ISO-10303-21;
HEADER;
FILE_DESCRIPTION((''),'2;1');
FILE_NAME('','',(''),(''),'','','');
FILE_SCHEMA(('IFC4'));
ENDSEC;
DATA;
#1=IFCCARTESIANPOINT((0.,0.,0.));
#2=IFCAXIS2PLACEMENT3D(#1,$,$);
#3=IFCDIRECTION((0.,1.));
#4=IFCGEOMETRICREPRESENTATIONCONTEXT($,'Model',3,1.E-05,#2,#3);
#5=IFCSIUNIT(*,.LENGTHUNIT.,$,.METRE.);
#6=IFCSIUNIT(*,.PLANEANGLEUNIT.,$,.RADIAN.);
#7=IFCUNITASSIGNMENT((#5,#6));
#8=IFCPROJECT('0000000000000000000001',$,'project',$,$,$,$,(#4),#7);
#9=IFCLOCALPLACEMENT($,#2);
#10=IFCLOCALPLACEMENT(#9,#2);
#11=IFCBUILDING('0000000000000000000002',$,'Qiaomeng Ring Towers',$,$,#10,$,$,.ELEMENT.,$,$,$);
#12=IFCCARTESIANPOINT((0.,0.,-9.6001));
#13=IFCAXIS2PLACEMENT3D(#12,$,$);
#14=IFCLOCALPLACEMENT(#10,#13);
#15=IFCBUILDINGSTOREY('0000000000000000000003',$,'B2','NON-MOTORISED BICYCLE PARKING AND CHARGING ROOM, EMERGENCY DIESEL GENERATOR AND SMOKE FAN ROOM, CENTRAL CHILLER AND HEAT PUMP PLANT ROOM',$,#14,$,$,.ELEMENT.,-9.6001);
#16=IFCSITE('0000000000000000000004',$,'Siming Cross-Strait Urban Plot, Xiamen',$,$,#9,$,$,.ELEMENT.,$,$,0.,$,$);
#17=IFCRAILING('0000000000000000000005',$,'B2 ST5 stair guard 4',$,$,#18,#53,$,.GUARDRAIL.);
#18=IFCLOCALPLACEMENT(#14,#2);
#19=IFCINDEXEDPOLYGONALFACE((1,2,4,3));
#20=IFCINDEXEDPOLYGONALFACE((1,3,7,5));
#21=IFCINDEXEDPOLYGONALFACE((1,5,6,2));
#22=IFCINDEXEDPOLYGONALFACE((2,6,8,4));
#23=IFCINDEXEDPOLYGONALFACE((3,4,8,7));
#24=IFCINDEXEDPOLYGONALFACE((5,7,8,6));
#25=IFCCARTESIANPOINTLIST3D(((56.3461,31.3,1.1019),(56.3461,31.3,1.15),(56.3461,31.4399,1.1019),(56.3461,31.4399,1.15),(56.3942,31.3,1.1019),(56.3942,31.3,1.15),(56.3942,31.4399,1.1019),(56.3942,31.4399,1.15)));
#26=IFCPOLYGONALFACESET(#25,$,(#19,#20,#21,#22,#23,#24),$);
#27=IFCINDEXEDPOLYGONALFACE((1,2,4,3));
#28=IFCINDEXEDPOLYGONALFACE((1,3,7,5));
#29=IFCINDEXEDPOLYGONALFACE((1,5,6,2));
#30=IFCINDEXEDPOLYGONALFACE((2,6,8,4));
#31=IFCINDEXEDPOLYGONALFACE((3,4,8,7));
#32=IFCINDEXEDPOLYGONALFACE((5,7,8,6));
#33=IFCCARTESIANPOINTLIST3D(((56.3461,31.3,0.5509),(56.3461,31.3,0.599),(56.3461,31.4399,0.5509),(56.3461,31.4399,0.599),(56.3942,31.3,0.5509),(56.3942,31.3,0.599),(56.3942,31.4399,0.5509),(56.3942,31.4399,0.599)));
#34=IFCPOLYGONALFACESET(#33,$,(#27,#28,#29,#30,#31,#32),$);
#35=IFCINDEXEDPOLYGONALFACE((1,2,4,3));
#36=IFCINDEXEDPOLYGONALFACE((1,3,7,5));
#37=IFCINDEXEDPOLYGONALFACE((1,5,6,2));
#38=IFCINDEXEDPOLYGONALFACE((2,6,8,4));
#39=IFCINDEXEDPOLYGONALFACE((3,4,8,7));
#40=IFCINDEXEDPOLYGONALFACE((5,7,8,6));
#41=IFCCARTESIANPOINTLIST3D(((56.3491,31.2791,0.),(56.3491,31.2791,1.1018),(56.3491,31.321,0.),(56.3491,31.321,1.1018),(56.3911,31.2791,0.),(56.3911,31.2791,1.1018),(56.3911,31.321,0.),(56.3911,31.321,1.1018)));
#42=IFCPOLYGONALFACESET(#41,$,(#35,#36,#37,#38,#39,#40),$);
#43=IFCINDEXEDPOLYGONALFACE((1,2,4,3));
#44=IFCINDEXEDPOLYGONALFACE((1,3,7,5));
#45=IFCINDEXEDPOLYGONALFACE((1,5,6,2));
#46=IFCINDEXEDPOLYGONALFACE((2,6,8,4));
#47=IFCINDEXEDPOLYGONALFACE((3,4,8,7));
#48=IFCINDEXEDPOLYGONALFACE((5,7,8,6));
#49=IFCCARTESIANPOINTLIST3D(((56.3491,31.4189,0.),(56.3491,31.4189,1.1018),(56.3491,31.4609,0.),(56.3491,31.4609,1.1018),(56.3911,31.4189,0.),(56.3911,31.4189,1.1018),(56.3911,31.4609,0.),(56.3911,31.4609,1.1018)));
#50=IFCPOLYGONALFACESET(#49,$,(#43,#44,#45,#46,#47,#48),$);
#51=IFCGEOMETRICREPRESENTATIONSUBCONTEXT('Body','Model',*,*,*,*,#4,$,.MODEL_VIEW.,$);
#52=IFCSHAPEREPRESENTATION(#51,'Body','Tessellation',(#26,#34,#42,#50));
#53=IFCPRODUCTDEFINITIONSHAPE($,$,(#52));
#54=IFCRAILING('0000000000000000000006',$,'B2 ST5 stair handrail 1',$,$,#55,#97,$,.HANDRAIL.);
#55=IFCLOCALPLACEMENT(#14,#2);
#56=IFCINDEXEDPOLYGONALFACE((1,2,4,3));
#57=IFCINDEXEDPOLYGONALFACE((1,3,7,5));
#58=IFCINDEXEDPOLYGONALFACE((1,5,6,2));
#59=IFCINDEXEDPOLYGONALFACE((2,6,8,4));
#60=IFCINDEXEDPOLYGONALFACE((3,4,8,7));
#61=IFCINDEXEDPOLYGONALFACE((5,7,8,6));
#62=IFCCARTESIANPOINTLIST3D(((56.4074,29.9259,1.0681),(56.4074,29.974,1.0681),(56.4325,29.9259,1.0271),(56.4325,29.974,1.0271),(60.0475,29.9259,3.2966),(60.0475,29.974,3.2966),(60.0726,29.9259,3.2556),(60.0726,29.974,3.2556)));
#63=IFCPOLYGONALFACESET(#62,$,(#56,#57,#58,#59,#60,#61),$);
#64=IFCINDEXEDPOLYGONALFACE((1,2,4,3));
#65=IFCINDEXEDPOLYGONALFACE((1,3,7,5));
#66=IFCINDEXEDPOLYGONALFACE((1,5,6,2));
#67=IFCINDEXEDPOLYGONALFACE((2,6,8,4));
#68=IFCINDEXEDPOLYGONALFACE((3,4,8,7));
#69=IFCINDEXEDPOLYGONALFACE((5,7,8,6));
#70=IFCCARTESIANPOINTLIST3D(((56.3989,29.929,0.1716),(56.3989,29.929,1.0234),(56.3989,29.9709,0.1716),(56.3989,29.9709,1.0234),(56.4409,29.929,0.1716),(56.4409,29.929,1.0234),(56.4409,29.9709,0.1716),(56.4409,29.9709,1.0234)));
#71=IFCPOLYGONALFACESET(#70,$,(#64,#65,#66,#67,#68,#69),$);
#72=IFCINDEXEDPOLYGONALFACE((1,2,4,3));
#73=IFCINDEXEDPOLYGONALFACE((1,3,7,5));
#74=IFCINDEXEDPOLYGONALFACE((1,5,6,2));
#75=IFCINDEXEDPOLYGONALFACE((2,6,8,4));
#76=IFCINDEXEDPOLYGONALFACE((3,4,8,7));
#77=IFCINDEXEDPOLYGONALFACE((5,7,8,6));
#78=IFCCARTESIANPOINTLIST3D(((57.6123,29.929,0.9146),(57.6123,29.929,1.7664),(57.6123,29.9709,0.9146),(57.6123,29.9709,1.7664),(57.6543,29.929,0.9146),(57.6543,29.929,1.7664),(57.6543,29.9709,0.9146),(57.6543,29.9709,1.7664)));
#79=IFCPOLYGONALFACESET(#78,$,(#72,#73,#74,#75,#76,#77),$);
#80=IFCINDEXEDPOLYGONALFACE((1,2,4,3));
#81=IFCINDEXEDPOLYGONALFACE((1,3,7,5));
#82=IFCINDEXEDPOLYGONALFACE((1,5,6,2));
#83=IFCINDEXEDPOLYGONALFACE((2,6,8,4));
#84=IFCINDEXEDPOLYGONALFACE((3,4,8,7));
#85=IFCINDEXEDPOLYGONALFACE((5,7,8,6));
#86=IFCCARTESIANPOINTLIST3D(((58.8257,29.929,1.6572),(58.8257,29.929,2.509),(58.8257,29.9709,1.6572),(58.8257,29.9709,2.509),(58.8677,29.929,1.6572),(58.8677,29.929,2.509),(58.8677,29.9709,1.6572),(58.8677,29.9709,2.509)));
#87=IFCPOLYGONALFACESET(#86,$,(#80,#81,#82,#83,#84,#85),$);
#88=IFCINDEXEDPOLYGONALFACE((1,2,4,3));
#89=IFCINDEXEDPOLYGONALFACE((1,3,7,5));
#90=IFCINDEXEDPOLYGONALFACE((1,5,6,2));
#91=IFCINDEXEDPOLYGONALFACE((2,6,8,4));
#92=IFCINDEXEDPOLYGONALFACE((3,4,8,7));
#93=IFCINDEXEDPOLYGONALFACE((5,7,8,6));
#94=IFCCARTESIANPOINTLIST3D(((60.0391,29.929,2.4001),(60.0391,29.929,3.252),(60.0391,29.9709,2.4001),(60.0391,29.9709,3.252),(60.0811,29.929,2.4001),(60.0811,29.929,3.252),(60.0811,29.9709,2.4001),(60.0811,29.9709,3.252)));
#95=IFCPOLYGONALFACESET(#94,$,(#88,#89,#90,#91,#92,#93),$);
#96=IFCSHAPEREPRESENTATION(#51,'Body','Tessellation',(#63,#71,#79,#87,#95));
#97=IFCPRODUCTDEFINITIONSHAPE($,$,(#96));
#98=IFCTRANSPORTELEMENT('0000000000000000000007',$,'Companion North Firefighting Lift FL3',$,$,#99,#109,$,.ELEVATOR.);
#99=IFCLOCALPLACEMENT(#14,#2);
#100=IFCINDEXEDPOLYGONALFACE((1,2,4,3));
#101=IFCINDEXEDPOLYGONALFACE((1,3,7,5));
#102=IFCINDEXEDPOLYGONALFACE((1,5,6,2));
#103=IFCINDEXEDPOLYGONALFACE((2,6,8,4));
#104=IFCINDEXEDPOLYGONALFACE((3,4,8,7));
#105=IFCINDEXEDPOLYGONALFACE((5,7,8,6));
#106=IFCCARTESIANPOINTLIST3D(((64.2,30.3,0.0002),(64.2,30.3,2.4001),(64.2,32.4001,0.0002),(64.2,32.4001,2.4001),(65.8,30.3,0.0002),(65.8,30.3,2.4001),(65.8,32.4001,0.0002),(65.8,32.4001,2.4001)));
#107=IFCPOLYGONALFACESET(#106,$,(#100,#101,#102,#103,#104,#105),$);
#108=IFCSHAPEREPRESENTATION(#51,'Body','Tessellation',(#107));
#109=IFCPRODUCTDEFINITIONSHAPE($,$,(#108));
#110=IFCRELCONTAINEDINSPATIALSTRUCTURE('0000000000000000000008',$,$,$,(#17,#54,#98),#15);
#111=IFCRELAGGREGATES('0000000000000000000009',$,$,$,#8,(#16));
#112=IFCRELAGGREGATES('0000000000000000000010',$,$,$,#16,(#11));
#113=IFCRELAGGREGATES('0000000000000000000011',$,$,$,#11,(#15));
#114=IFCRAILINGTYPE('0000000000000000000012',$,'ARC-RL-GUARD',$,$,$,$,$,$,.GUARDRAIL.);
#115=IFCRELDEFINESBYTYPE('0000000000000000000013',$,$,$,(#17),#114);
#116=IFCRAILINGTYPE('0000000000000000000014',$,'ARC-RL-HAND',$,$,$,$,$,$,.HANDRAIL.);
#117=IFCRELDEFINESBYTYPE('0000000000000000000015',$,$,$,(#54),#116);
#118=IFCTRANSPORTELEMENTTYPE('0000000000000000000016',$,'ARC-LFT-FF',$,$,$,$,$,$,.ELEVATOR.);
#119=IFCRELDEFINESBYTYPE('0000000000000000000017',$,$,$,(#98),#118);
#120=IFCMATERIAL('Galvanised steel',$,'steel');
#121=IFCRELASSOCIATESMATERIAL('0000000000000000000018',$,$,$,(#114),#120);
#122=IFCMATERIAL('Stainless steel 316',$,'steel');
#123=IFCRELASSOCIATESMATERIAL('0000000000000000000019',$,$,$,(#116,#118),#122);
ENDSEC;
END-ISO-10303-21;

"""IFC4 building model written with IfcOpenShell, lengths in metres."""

from ifc_helpers import new_model, si_unit, direction, frame, origin, origin_2d, place, context, subcontext, project, spatial, rectangle, extrude, source, transform, mapped, material, type_object, element, save


model = new_model("IFC4")

# Units and contexts
model_context = context("Model", 3, precision=1e-05, world=origin(), true_north=direction((0.0, 1.0)))
body_context = subcontext(model_context, "Body", "Model", "MODEL_VIEW")
ifc_project = project(units=[si_unit("LENGTHUNIT", "METRE"), si_unit("PLANEANGLEUNIT", "RADIAN")], contexts=[model_context])

# Site, building, storey
site_placement = place(None, origin())
site = spatial("IfcSite", under=ifc_project, at=site_placement, Name="Siming Cross-Strait Urban Plot, Xiamen", CompositionType="ELEMENT", RefElevation=0.0)
building_placement = place(site_placement, origin())
building = spatial("IfcBuilding", under=site, at=building_placement, Name="Qiaomeng Ring Towers", CompositionType="ELEMENT")
storey_placement = place(building_placement, frame((0.0, 0.0, -9.6001)))
storey = spatial("IfcBuildingStorey", under=building, at=storey_placement, Name="B2", Description="NON-MOTORISED BICYCLE PARKING AND CHARGING ROOM, EMERGENCY DIESEL GENERATOR AND SMOKE FAN ROOM, CENTRAL CHILLER AND HEAT PUMP PLANT ROOM", CompositionType="ELEMENT", Elevation=-9.6001)

# Shared definitions
ifc_material_1 = material(Name="Galvanised steel", Category="steel")
ifc_material_2 = material(Name="Stainless steel 316", Category="steel")

# Railings
railing_type_1 = type_object("IfcRailingType", Name="ARC-RL-GUARD", PredefinedType="GUARDRAIL", material=ifc_material_1)
railing_1_placement = place(storey_placement, frame((56.3701, 31.3, 0.0)))
element("IfcRailing", 1, at=railing_1_placement, inside=storey, type_object=railing_type_1, Name="B2 ST5 stair guard 4", PredefinedType="GUARDRAIL", context=body_context, shape_type="SweptSolid", body=[
    extrude(rectangle(XDim=0.0481, YDim=0.0481, at=origin_2d()), frame((0.0, 0.0, 1.126), z_axis=(0.0, 1.0, 0.0), x_axis=(-1.0, 0.0, 0.0)), (0.0, 0.0, 1.0), 0.1399),
    extrude(rectangle(XDim=0.0481, YDim=0.0481, at=origin_2d()), frame((0.0, 0.0, 0.575), z_axis=(0.0, 1.0, 0.0), x_axis=(-1.0, 0.0, 0.0)), (0.0, 0.0, 1.0), 0.1399),
    extrude(rectangle(XDim=0.042, YDim=0.042, at=origin_2d()), origin(), (0.0, 0.0, 1.0), 1.1018),
    extrude(rectangle(XDim=0.042, YDim=0.042, at=origin_2d()), frame((0.0, 0.1399, 0.0)), (0.0, 0.0, 1.0), 1.1018),
])
railing_type_2 = type_object("IfcRailingType", Name="ARC-RL-HAND", PredefinedType="HANDRAIL", material=ifc_material_2)
railing_2_placement = place(storey_placement, frame((56.4199, 29.95, 0.1716)))
element("IfcRailing", 2, at=railing_2_placement, inside=storey, type_object=railing_type_2, Name="B2 ST5 stair handrail 1", PredefinedType="HANDRAIL", context=body_context, shape_type="SweptSolid", body=[
    extrude(rectangle(XDim=0.0481, YDim=0.0481, at=origin_2d()), frame((0.0, 0.0, 0.876), z_axis=(0.852866, 0.0, 0.52213), x_axis=(0.0, 1.0, 0.0)), (0.0, 0.0, 1.0), 4.2681),
    extrude(rectangle(XDim=0.042, YDim=0.042, at=origin_2d()), origin(), (0.0, 0.0, 1.0), 0.8518),
    extrude(rectangle(XDim=0.042, YDim=0.042, at=origin_2d()), frame((1.2134, 0.0, 0.7429)), (0.0, 0.0, 1.0), 0.8518),
    extrude(rectangle(XDim=0.042, YDim=0.042, at=origin_2d()), frame((2.4268, 0.0, 1.4856)), (0.0, 0.0, 1.0), 0.8518),
    extrude(rectangle(XDim=0.042, YDim=0.042, at=origin_2d()), frame((3.6401, 0.0, 2.2285)), (0.0, 0.0, 1.0), 0.8518),
])

# Transport element
transport_element_type = type_object("IfcTransportElementType", Name="ARC-LFT-FF", PredefinedType="ELEVATOR", material=ifc_material_2)
shared_shape_1 = source(origin(), body_context, "Body", "SweptSolid", [
    extrude(rectangle(XDim=1.6001, YDim=2.1001, at=origin_2d()), origin(), (0.0, 0.0, 1.0), 2.3999),
])
transport_element_placement = place(storey_placement, frame((65.0, 31.3501, 0.0002), z_axis=(0.0, 0.0, 1.0), x_axis=(1.0, 0.0, 0.0)))
element("IfcTransportElement", 3, at=transport_element_placement, inside=storey, type_object=transport_element_type, Name="Companion North Firefighting Lift FL3", PredefinedType="ELEVATOR", context=body_context, shape_type="MappedRepresentation", body=[
    mapped(shared_shape_1, transform((0.0, 0.0, 0.0), x_axis=(1.0, 0.0, 0.0), y_axis=(0.0, 1.0, 0.0), z_axis=(0.0, 0.0, 1.0), scale=1.0)),
])

save(model, "model.ifc")
